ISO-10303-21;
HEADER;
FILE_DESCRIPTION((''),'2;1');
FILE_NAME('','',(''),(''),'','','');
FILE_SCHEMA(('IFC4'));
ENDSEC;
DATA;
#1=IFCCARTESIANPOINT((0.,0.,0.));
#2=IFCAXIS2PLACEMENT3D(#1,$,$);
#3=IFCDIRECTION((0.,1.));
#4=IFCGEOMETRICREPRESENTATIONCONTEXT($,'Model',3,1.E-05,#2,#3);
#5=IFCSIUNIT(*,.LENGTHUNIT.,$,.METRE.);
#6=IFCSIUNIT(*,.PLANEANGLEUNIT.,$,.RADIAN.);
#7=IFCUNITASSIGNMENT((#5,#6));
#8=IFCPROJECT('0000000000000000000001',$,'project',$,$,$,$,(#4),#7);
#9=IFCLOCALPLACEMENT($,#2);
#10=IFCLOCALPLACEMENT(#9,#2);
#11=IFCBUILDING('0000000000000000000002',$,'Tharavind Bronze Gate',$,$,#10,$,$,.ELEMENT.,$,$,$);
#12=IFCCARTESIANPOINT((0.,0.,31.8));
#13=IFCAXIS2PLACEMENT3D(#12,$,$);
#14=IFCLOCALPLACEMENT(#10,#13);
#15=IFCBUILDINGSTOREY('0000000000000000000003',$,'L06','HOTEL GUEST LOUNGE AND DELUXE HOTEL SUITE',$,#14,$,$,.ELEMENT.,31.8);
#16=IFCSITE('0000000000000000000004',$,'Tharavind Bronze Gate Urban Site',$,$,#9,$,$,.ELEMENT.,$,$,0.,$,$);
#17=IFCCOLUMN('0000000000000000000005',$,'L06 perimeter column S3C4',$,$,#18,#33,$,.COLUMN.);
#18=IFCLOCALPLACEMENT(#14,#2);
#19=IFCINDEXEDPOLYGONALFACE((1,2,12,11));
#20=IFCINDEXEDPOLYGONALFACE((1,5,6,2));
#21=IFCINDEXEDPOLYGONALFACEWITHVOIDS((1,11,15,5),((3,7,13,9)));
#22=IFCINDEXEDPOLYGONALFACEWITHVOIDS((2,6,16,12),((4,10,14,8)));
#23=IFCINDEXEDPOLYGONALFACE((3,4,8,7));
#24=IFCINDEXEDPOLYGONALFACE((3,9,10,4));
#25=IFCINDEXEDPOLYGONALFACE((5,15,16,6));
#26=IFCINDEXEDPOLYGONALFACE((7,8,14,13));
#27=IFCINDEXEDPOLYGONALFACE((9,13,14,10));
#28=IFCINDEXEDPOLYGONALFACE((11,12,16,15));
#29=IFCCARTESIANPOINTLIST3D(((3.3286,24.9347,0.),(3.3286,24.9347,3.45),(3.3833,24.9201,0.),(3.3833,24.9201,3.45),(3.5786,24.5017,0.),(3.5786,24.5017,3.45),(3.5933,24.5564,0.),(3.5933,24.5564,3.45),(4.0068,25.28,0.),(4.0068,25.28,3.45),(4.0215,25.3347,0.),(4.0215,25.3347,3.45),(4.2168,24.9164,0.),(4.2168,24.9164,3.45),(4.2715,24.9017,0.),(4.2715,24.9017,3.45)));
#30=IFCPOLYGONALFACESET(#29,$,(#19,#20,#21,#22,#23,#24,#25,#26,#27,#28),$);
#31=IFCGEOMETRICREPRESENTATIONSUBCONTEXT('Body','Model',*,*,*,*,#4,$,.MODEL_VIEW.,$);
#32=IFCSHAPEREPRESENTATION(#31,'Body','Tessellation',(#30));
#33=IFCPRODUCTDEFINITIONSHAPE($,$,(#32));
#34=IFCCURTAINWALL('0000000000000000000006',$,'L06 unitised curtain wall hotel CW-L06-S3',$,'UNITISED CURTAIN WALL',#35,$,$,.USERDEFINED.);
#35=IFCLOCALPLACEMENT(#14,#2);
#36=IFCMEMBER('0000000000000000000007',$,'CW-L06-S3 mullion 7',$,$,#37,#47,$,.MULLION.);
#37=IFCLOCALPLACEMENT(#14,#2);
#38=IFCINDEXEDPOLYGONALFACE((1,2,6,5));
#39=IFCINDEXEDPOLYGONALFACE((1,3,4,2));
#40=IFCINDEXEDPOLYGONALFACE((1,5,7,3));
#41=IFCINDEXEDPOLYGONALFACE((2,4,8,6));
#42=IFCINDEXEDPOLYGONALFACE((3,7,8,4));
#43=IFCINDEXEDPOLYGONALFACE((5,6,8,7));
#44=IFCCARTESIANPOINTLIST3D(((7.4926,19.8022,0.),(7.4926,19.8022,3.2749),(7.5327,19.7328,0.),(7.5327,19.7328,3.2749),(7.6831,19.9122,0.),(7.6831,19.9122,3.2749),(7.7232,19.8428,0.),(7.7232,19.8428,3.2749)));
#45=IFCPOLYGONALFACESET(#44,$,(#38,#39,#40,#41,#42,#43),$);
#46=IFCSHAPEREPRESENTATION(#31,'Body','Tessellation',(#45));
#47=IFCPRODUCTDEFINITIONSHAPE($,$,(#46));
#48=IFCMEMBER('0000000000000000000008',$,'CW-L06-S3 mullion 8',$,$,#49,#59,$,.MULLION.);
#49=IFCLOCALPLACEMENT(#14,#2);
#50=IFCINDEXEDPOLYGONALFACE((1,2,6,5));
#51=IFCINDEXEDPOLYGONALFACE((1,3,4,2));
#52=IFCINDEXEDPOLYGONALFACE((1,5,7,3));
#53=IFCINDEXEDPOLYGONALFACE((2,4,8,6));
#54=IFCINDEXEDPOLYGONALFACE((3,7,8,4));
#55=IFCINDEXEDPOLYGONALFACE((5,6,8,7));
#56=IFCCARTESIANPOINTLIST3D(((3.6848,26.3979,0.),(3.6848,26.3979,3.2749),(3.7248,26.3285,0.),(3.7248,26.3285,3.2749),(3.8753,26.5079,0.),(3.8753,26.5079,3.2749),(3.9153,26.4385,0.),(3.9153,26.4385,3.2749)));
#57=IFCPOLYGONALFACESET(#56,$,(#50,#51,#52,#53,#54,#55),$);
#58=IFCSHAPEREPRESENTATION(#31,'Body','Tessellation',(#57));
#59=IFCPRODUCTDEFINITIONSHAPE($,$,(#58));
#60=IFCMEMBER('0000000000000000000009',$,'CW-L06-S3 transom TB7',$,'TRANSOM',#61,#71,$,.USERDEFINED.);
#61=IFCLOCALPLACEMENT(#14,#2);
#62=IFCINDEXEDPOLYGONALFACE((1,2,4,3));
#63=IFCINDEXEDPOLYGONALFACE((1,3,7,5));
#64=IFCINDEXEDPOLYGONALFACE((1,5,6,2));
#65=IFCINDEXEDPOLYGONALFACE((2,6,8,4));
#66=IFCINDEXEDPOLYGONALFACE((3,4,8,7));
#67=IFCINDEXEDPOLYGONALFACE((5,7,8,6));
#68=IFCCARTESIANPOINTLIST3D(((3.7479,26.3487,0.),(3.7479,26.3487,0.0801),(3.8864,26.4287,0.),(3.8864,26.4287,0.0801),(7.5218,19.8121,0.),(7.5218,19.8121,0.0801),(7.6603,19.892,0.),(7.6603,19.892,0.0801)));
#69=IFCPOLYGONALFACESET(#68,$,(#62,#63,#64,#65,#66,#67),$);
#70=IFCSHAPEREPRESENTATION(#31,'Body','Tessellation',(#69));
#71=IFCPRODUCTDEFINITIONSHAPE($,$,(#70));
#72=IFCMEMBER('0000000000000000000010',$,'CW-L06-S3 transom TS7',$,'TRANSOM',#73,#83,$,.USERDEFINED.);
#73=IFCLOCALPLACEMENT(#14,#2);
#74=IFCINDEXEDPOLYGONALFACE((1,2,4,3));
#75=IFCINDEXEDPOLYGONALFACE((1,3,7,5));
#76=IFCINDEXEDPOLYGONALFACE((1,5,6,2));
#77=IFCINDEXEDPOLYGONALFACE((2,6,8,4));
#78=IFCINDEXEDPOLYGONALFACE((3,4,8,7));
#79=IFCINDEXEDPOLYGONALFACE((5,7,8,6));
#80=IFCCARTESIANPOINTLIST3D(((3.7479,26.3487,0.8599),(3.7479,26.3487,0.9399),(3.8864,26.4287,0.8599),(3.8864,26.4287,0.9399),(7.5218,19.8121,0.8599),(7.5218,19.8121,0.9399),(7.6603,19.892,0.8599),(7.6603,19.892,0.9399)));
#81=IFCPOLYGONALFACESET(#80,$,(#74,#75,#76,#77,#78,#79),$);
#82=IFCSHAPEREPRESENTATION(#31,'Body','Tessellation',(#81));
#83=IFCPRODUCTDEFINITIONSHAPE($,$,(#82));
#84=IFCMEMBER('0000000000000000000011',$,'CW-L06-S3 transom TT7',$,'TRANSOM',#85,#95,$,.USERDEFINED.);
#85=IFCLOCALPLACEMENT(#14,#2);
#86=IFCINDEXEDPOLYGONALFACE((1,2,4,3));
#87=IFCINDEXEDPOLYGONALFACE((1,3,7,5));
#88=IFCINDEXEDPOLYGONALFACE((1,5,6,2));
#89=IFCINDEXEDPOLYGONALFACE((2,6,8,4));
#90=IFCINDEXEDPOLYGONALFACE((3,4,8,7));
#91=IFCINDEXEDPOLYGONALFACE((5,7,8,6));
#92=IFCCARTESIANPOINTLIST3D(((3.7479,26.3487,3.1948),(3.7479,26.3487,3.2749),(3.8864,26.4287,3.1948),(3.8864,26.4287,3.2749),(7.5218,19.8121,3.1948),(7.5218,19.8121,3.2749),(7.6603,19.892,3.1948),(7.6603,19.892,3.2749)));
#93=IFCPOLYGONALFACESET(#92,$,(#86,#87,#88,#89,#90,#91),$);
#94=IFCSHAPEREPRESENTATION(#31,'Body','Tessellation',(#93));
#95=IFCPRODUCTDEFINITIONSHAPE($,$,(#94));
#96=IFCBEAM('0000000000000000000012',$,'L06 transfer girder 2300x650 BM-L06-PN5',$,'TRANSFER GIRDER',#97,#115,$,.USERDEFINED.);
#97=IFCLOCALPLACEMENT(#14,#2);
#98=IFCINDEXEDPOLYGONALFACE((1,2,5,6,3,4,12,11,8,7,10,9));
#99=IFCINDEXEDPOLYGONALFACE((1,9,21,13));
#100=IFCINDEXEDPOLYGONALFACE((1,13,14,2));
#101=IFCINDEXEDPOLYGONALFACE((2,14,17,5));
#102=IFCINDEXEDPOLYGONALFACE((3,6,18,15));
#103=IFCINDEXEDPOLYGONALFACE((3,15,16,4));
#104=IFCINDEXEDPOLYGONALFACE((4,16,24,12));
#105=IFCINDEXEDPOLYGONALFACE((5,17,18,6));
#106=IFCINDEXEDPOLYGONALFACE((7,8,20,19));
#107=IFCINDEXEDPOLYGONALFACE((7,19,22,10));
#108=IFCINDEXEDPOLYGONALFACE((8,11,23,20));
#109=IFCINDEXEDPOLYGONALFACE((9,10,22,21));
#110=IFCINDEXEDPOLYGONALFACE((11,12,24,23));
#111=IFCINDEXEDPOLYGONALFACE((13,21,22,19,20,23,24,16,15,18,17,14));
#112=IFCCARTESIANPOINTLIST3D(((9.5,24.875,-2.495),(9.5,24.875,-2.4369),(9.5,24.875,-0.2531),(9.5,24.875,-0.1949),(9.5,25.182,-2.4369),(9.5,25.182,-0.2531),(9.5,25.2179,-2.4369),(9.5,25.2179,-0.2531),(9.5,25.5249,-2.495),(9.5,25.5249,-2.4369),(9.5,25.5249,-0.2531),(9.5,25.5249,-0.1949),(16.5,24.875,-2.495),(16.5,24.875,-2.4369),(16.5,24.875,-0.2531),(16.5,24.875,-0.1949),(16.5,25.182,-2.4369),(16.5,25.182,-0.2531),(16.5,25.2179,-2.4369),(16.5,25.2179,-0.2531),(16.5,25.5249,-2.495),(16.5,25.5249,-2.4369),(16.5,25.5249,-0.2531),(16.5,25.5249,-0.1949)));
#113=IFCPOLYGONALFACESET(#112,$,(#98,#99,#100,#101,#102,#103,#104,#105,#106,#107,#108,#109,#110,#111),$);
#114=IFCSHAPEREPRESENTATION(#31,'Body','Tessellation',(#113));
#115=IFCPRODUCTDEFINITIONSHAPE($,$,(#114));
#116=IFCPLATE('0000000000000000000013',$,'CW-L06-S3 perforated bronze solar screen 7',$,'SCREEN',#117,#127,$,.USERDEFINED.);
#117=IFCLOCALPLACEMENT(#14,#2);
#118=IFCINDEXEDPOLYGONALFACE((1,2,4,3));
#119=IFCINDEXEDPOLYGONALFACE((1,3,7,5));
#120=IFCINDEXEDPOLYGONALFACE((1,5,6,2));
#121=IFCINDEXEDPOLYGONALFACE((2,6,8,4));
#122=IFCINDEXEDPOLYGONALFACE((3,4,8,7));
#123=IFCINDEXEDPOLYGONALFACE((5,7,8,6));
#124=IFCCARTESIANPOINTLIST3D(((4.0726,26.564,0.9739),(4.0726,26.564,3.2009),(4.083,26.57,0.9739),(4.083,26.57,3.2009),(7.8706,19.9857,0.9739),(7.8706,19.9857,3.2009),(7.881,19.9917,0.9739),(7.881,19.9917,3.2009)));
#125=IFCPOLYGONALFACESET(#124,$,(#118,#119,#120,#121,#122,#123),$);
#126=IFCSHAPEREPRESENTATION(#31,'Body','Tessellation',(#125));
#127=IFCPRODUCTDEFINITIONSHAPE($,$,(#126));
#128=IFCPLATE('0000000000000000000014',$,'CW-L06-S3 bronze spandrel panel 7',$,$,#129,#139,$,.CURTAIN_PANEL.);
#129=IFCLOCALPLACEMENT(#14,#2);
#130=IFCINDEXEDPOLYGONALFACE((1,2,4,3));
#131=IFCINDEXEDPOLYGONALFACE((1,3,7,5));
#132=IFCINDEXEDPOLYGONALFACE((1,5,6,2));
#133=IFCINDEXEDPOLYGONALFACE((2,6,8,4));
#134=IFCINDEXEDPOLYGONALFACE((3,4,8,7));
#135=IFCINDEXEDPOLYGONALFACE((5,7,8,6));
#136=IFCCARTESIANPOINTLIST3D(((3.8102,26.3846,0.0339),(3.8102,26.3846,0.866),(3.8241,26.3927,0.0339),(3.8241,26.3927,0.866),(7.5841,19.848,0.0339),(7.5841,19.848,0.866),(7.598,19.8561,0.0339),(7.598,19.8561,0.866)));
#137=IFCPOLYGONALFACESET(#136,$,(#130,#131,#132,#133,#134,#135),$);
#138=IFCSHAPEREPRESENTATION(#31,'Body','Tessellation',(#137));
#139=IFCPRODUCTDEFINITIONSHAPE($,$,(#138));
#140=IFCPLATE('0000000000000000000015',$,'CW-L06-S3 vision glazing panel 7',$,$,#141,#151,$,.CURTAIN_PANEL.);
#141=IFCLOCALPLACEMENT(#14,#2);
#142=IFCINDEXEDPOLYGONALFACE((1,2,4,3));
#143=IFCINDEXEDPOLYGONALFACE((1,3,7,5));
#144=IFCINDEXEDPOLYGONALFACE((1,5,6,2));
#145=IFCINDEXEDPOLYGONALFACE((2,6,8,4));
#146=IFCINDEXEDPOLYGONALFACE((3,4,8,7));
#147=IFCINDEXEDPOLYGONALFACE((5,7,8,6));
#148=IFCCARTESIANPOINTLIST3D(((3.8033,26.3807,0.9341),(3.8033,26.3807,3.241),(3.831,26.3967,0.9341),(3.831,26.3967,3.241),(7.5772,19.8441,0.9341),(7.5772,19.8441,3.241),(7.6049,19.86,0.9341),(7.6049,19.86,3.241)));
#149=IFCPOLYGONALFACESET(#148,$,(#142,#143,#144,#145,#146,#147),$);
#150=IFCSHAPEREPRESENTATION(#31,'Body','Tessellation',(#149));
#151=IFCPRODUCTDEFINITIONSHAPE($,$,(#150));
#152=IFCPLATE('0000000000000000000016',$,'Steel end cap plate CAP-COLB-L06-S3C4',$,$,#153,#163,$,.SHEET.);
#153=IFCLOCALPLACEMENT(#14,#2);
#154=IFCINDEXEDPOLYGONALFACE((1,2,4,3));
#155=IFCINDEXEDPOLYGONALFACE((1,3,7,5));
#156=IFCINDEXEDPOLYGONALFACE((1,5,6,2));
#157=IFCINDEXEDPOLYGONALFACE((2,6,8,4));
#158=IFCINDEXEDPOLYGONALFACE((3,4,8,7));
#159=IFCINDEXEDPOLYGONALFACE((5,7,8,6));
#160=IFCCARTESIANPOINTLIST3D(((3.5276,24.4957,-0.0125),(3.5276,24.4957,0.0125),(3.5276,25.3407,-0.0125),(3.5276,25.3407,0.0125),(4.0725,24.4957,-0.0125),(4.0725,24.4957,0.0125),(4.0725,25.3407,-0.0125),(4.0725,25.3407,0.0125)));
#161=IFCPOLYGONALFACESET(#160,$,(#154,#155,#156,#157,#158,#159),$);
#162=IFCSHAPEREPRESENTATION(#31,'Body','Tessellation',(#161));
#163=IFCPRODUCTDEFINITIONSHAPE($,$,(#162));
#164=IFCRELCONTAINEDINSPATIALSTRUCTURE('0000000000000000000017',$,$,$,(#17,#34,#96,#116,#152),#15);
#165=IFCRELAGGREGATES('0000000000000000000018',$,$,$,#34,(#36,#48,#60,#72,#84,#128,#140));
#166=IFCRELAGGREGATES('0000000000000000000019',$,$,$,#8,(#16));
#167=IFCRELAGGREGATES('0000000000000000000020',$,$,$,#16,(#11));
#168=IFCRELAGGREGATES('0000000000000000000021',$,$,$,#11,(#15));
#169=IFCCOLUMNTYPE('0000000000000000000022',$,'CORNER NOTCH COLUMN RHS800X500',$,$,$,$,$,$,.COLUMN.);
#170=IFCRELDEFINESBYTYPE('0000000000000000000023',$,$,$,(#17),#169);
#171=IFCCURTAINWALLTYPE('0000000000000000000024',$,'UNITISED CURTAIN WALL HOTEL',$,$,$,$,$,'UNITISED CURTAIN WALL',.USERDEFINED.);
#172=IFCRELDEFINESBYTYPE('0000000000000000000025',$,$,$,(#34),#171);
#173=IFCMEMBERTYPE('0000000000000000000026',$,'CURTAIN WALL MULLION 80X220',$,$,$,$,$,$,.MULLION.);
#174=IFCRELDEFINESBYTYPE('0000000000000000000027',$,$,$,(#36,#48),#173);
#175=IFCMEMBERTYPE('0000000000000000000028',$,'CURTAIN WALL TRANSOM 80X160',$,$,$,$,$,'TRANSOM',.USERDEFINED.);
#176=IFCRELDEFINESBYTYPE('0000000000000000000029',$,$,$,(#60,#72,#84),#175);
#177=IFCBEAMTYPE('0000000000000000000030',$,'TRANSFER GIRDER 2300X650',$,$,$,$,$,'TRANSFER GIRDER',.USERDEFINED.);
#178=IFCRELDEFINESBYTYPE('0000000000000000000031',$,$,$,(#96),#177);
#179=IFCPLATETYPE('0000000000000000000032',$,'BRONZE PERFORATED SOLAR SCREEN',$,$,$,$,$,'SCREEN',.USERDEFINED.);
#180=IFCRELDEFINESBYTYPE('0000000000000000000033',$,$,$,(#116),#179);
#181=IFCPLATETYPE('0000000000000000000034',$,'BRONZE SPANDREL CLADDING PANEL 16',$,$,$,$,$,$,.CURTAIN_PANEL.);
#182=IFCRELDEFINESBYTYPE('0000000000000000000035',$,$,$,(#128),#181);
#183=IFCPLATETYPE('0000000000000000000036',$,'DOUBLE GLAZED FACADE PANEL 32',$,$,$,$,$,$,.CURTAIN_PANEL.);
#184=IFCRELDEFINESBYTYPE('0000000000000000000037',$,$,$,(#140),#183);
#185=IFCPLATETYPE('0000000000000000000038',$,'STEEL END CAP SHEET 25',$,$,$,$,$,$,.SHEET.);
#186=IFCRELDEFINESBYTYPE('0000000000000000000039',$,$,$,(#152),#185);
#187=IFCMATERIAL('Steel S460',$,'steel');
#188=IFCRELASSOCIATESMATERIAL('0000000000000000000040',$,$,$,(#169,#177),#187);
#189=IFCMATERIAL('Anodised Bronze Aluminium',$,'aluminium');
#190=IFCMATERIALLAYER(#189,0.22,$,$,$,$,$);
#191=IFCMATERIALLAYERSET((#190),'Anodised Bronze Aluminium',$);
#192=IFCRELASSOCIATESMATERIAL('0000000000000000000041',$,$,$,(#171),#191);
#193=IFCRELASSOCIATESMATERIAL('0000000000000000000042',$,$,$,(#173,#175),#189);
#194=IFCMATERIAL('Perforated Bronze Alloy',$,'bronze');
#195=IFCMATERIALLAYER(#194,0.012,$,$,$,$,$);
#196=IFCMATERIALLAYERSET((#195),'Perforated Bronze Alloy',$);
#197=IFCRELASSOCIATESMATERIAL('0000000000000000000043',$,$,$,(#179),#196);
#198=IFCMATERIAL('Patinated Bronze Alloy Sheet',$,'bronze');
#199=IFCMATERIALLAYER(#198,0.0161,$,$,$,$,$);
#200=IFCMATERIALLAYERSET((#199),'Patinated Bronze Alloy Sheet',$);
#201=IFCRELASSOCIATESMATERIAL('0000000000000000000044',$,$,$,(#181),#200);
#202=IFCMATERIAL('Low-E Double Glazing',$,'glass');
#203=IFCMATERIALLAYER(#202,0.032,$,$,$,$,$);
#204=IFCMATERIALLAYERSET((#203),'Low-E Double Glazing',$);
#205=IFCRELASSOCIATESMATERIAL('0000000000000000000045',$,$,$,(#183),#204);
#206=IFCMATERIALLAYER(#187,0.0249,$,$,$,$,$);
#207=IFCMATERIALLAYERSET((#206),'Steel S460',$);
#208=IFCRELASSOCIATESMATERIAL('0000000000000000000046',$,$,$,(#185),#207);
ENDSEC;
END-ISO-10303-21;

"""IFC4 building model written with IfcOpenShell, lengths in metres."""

from ifc_helpers import new_model, si_unit, direction, frame, origin, origin_2d, place, context, subcontext, project, spatial, rectangle, hollow_rectangle, i_section, extrude, material, layer, layer_set, material_profile, profile_set, type_object, element, aggregate, save


model = new_model("IFC4")

# Units and contexts
model_context = context("Model", 3, precision=1e-05, world=origin(), true_north=direction((0.0, 1.0)))
body_context = subcontext(model_context, "Body", "Model", "MODEL_VIEW")
ifc_project = project(units=[si_unit("LENGTHUNIT", "METRE"), si_unit("PLANEANGLEUNIT", "RADIAN")], contexts=[model_context])

# Site, building, storey
site_placement = place(None, origin())
site = spatial("IfcSite", under=ifc_project, at=site_placement, Name="Tharavind Bronze Gate Urban Site", CompositionType="ELEMENT", RefElevation=0.0)
building_placement = place(site_placement, origin())
building = spatial("IfcBuilding", under=site, at=building_placement, Name="Tharavind Bronze Gate", CompositionType="ELEMENT")
storey_placement = place(building_placement, frame((0.0, 0.0, 31.8)))
storey = spatial("IfcBuildingStorey", under=building, at=storey_placement, Name="L06", Description="HOTEL GUEST LOUNGE AND DELUXE HOTEL SUITE", CompositionType="ELEMENT", Elevation=31.8)

# Column
ifc_material_1 = material(Name="Steel S460", Category="steel")
ifc_material_profile_1 = material_profile(ifc_material_1, hollow_rectangle(XDim=0.5, YDim=0.8, WallThickness=0.04, at=origin_2d()), Name="RHS800X500X40")
ifc_profile_set_1 = profile_set([ifc_material_profile_1], Name="Steel S460")
column_type = type_object("IfcColumnType", Name="CORNER NOTCH COLUMN RHS800X500", PredefinedType="COLUMN", material=ifc_profile_set_1)
column_placement = place(storey_placement, frame((3.8, 24.9182, 0.0), z_axis=(0.0, 0.0, 1.0), x_axis=(-0.500002, 0.866025, 0.0)))
element("IfcColumn", 1, at=column_placement, inside=storey, type_object=column_type, Name="L06 perimeter column S3C4", PredefinedType="COLUMN", context=body_context, shape_type="SweptSolid", body=[
    extrude(hollow_rectangle(XDim=0.5, YDim=0.8, WallThickness=0.04, at=origin_2d()), origin(), (0.0, 0.0, 1.0), 3.45),
])

# Curtain wall, members
ifc_material_2 = material(Name="Anodised Bronze Aluminium", Category="aluminium")
ifc_layer_1 = layer(ifc_material_2, 0.22)
ifc_layer_set_1 = layer_set([ifc_layer_1], Name="Anodised Bronze Aluminium")
curtain_wall_type = type_object("IfcCurtainWallType", Name="UNITISED CURTAIN WALL HOTEL", ElementType="UNITISED CURTAIN WALL", PredefinedType="USERDEFINED", material=ifc_layer_set_1)
curtain_wall_placement = place(storey_placement, origin())
curtain_wall = element("IfcCurtainWall", 2, at=curtain_wall_placement, inside=storey, type_object=curtain_wall_type, Name="L06 unitised curtain wall hotel CW-L06-S3", ObjectType="UNITISED CURTAIN WALL", PredefinedType="USERDEFINED")
member_type_1 = type_object("IfcMemberType", Name="CURTAIN WALL MULLION 80X220", PredefinedType="MULLION", material=ifc_material_2)
member_1_placement = place(storey_placement, frame((7.6079, 19.8225, 0.0), z_axis=(0.0, 0.0, 1.0), x_axis=(-0.500002, 0.866025, 0.0)))
member_1 = element("IfcMember", 3, at=member_1_placement, type_object=member_type_1, Name="CW-L06-S3 mullion 7", PredefinedType="MULLION", context=body_context, shape_type="SweptSolid", body=[
    extrude(rectangle(XDim=0.0801, YDim=0.22, at=origin_2d()), origin(), (0.0, 0.0, 1.0), 3.2749),
])
member_2_placement = place(storey_placement, frame((3.8, 26.4182, 0.0), z_axis=(0.0, 0.0, 1.0), x_axis=(-0.500002, 0.866025, 0.0)))
member_2 = element("IfcMember", 4, at=member_2_placement, type_object=member_type_1, Name="CW-L06-S3 mullion 8", PredefinedType="MULLION", context=body_context, shape_type="SweptSolid", body=[
    extrude(rectangle(XDim=0.0801, YDim=0.22, at=origin_2d()), origin(), (0.0, 0.0, 1.0), 3.2749),
])
member_type_2 = type_object("IfcMemberType", Name="CURTAIN WALL TRANSOM 80X160", ElementType="TRANSOM", PredefinedType="USERDEFINED", material=ifc_material_2)
member_3_placement = place(storey_placement, frame((5.7041, 23.1204, 0.0), z_axis=(0.0, 0.0, 1.0), x_axis=(-0.500002, 0.866025, 0.0)))
member_3 = element("IfcMember", 5, at=member_3_placement, type_object=member_type_2, Name="CW-L06-S3 transom TB7", ObjectType="TRANSOM", PredefinedType="USERDEFINED", context=body_context, shape_type="SweptSolid", body=[
    extrude(rectangle(XDim=7.5479, YDim=0.1599, at=origin_2d()), origin(), (0.0, 0.0, 1.0), 0.0801),
])
member_4_placement = place(storey_placement, frame((5.7041, 23.1204, 0.8599), z_axis=(0.0, 0.0, 1.0), x_axis=(-0.500002, 0.866025, 0.0)))
member_4 = element("IfcMember", 6, at=member_4_placement, type_object=member_type_2, Name="CW-L06-S3 transom TS7", ObjectType="TRANSOM", PredefinedType="USERDEFINED", context=body_context, shape_type="SweptSolid", body=[
    extrude(rectangle(XDim=7.5479, YDim=0.1599, at=origin_2d()), origin(), (0.0, 0.0, 1.0), 0.0801),
])
member_5_placement = place(storey_placement, frame((5.7041, 23.1204, 3.1948), z_axis=(0.0, 0.0, 1.0), x_axis=(-0.500002, 0.866025, 0.0)))
member_5 = element("IfcMember", 7, at=member_5_placement, type_object=member_type_2, Name="CW-L06-S3 transom TT7", ObjectType="TRANSOM", PredefinedType="USERDEFINED", context=body_context, shape_type="SweptSolid", body=[
    extrude(rectangle(XDim=7.5479, YDim=0.1599, at=origin_2d()), origin(), (0.0, 0.0, 1.0), 0.0801),
])

# Beam
ifc_material_profile_2 = material_profile(ifc_material_1, i_section(OverallWidth=0.6499, OverallDepth=2.3, WebThickness=0.0359, FlangeThickness=0.0581, at=origin_2d()), Name="PG2300X650")
ifc_profile_set_2 = profile_set([ifc_material_profile_2], Name="Steel S460")
beam_type = type_object("IfcBeamType", Name="TRANSFER GIRDER 2300X650", ElementType="TRANSFER GIRDER", PredefinedType="USERDEFINED", material=ifc_profile_set_2)
beam_placement = place(storey_placement, frame((9.5, 25.2, -1.345), z_axis=(1.0, 0.0, 0.0), x_axis=(0.0, 1.0, 0.0)))
element("IfcBeam", 8, at=beam_placement, inside=storey, type_object=beam_type, Name="L06 transfer girder 2300x650 BM-L06-PN5", ObjectType="TRANSFER GIRDER", PredefinedType="USERDEFINED", context=body_context, shape_type="SweptSolid", body=[
    extrude(i_section(OverallWidth=0.6499, OverallDepth=2.3, WebThickness=0.0359, FlangeThickness=0.0581, at=origin_2d()), origin(), (0.0, 0.0, 1.0), 7.0),
])

# Plates
ifc_material_3 = material(Name="Perforated Bronze Alloy", Category="bronze")
ifc_layer_2 = layer(ifc_material_3, 0.012)
ifc_layer_set_2 = layer_set([ifc_layer_2], Name="Perforated Bronze Alloy")
plate_type_1 = type_object("IfcPlateType", Name="BRONZE PERFORATED SOLAR SCREEN", ElementType="SCREEN", PredefinedType="USERDEFINED", material=ifc_layer_set_2)
plate_1_placement = place(storey_placement, frame((5.9768, 23.2778, 0.9739), z_axis=(0.0, 0.0, 1.0), x_axis=(-0.500002, 0.866025, 0.0)))
element("IfcPlate", 9, at=plate_1_placement, inside=storey, type_object=plate_type_1, Name="CW-L06-S3 perforated bronze solar screen 7", ObjectType="SCREEN", PredefinedType="USERDEFINED", context=body_context, shape_type="SweptSolid", body=[
    extrude(rectangle(XDim=7.5959, YDim=0.012, at=origin_2d()), origin(), (0.0, 0.0, 1.0), 2.2271),
])
ifc_material_4 = material(Name="Patinated Bronze Alloy Sheet", Category="bronze")
ifc_layer_3 = layer(ifc_material_4, 0.0161)
ifc_layer_set_3 = layer_set([ifc_layer_3], Name="Patinated Bronze Alloy Sheet")
plate_type_2 = type_object("IfcPlateType", Name="BRONZE SPANDREL CLADDING PANEL 16", PredefinedType="CURTAIN_PANEL", material=ifc_layer_set_3)
plate_2_placement = place(storey_placement, frame((5.7041, 23.1204, 0.0339), z_axis=(0.0, 0.0, 1.0), x_axis=(-0.500002, 0.866025, 0.0)))
plate_2 = element("IfcPlate", 10, at=plate_2_placement, type_object=plate_type_2, Name="CW-L06-S3 bronze spandrel panel 7", PredefinedType="CURTAIN_PANEL", context=body_context, shape_type="SweptSolid", body=[
    extrude(rectangle(XDim=7.5479, YDim=0.0161, at=origin_2d()), origin(), (0.0, 0.0, 1.0), 0.832),
])
ifc_material_5 = material(Name="Low-E Double Glazing", Category="glass")
ifc_layer_4 = layer(ifc_material_5, 0.032)
ifc_layer_set_4 = layer_set([ifc_layer_4], Name="Low-E Double Glazing")
plate_type_3 = type_object("IfcPlateType", Name="DOUBLE GLAZED FACADE PANEL 32", PredefinedType="CURTAIN_PANEL", material=ifc_layer_set_4)
plate_3_placement = place(storey_placement, frame((5.7041, 23.1204, 0.9341), z_axis=(0.0, 0.0, 1.0), x_axis=(-0.500002, 0.866025, 0.0)))
plate_3 = element("IfcPlate", 11, at=plate_3_placement, type_object=plate_type_3, Name="CW-L06-S3 vision glazing panel 7", PredefinedType="CURTAIN_PANEL", context=body_context, shape_type="SweptSolid", body=[
    extrude(rectangle(XDim=7.5479, YDim=0.032, at=origin_2d()), origin(), (0.0, 0.0, 1.0), 2.3069),
])
aggregate(curtain_wall, [member_1, member_2, member_3, member_4, member_5, plate_2, plate_3])
ifc_layer_5 = layer(ifc_material_1, 0.0249)
ifc_layer_set_5 = layer_set([ifc_layer_5], Name="Steel S460")
plate_type_4 = type_object("IfcPlateType", Name="STEEL END CAP SHEET 25", PredefinedType="SHEET", material=ifc_layer_set_5)
plate_4_placement = place(storey_placement, frame((3.8, 24.9182, -0.0125), z_axis=(0.0, 0.0, 1.0), x_axis=(1.0, 0.0, 0.0)))
element("IfcPlate", 12, at=plate_4_placement, inside=storey, type_object=plate_type_4, Name="Steel end cap plate CAP-COLB-L06-S3C4", PredefinedType="SHEET", context=body_context, shape_type="SweptSolid", body=[
    extrude(rectangle(XDim=0.5449, YDim=0.845, at=origin_2d()), origin(), (0.0, 0.0, 1.0), 0.0249),
])

save(model, "model.ifc")
